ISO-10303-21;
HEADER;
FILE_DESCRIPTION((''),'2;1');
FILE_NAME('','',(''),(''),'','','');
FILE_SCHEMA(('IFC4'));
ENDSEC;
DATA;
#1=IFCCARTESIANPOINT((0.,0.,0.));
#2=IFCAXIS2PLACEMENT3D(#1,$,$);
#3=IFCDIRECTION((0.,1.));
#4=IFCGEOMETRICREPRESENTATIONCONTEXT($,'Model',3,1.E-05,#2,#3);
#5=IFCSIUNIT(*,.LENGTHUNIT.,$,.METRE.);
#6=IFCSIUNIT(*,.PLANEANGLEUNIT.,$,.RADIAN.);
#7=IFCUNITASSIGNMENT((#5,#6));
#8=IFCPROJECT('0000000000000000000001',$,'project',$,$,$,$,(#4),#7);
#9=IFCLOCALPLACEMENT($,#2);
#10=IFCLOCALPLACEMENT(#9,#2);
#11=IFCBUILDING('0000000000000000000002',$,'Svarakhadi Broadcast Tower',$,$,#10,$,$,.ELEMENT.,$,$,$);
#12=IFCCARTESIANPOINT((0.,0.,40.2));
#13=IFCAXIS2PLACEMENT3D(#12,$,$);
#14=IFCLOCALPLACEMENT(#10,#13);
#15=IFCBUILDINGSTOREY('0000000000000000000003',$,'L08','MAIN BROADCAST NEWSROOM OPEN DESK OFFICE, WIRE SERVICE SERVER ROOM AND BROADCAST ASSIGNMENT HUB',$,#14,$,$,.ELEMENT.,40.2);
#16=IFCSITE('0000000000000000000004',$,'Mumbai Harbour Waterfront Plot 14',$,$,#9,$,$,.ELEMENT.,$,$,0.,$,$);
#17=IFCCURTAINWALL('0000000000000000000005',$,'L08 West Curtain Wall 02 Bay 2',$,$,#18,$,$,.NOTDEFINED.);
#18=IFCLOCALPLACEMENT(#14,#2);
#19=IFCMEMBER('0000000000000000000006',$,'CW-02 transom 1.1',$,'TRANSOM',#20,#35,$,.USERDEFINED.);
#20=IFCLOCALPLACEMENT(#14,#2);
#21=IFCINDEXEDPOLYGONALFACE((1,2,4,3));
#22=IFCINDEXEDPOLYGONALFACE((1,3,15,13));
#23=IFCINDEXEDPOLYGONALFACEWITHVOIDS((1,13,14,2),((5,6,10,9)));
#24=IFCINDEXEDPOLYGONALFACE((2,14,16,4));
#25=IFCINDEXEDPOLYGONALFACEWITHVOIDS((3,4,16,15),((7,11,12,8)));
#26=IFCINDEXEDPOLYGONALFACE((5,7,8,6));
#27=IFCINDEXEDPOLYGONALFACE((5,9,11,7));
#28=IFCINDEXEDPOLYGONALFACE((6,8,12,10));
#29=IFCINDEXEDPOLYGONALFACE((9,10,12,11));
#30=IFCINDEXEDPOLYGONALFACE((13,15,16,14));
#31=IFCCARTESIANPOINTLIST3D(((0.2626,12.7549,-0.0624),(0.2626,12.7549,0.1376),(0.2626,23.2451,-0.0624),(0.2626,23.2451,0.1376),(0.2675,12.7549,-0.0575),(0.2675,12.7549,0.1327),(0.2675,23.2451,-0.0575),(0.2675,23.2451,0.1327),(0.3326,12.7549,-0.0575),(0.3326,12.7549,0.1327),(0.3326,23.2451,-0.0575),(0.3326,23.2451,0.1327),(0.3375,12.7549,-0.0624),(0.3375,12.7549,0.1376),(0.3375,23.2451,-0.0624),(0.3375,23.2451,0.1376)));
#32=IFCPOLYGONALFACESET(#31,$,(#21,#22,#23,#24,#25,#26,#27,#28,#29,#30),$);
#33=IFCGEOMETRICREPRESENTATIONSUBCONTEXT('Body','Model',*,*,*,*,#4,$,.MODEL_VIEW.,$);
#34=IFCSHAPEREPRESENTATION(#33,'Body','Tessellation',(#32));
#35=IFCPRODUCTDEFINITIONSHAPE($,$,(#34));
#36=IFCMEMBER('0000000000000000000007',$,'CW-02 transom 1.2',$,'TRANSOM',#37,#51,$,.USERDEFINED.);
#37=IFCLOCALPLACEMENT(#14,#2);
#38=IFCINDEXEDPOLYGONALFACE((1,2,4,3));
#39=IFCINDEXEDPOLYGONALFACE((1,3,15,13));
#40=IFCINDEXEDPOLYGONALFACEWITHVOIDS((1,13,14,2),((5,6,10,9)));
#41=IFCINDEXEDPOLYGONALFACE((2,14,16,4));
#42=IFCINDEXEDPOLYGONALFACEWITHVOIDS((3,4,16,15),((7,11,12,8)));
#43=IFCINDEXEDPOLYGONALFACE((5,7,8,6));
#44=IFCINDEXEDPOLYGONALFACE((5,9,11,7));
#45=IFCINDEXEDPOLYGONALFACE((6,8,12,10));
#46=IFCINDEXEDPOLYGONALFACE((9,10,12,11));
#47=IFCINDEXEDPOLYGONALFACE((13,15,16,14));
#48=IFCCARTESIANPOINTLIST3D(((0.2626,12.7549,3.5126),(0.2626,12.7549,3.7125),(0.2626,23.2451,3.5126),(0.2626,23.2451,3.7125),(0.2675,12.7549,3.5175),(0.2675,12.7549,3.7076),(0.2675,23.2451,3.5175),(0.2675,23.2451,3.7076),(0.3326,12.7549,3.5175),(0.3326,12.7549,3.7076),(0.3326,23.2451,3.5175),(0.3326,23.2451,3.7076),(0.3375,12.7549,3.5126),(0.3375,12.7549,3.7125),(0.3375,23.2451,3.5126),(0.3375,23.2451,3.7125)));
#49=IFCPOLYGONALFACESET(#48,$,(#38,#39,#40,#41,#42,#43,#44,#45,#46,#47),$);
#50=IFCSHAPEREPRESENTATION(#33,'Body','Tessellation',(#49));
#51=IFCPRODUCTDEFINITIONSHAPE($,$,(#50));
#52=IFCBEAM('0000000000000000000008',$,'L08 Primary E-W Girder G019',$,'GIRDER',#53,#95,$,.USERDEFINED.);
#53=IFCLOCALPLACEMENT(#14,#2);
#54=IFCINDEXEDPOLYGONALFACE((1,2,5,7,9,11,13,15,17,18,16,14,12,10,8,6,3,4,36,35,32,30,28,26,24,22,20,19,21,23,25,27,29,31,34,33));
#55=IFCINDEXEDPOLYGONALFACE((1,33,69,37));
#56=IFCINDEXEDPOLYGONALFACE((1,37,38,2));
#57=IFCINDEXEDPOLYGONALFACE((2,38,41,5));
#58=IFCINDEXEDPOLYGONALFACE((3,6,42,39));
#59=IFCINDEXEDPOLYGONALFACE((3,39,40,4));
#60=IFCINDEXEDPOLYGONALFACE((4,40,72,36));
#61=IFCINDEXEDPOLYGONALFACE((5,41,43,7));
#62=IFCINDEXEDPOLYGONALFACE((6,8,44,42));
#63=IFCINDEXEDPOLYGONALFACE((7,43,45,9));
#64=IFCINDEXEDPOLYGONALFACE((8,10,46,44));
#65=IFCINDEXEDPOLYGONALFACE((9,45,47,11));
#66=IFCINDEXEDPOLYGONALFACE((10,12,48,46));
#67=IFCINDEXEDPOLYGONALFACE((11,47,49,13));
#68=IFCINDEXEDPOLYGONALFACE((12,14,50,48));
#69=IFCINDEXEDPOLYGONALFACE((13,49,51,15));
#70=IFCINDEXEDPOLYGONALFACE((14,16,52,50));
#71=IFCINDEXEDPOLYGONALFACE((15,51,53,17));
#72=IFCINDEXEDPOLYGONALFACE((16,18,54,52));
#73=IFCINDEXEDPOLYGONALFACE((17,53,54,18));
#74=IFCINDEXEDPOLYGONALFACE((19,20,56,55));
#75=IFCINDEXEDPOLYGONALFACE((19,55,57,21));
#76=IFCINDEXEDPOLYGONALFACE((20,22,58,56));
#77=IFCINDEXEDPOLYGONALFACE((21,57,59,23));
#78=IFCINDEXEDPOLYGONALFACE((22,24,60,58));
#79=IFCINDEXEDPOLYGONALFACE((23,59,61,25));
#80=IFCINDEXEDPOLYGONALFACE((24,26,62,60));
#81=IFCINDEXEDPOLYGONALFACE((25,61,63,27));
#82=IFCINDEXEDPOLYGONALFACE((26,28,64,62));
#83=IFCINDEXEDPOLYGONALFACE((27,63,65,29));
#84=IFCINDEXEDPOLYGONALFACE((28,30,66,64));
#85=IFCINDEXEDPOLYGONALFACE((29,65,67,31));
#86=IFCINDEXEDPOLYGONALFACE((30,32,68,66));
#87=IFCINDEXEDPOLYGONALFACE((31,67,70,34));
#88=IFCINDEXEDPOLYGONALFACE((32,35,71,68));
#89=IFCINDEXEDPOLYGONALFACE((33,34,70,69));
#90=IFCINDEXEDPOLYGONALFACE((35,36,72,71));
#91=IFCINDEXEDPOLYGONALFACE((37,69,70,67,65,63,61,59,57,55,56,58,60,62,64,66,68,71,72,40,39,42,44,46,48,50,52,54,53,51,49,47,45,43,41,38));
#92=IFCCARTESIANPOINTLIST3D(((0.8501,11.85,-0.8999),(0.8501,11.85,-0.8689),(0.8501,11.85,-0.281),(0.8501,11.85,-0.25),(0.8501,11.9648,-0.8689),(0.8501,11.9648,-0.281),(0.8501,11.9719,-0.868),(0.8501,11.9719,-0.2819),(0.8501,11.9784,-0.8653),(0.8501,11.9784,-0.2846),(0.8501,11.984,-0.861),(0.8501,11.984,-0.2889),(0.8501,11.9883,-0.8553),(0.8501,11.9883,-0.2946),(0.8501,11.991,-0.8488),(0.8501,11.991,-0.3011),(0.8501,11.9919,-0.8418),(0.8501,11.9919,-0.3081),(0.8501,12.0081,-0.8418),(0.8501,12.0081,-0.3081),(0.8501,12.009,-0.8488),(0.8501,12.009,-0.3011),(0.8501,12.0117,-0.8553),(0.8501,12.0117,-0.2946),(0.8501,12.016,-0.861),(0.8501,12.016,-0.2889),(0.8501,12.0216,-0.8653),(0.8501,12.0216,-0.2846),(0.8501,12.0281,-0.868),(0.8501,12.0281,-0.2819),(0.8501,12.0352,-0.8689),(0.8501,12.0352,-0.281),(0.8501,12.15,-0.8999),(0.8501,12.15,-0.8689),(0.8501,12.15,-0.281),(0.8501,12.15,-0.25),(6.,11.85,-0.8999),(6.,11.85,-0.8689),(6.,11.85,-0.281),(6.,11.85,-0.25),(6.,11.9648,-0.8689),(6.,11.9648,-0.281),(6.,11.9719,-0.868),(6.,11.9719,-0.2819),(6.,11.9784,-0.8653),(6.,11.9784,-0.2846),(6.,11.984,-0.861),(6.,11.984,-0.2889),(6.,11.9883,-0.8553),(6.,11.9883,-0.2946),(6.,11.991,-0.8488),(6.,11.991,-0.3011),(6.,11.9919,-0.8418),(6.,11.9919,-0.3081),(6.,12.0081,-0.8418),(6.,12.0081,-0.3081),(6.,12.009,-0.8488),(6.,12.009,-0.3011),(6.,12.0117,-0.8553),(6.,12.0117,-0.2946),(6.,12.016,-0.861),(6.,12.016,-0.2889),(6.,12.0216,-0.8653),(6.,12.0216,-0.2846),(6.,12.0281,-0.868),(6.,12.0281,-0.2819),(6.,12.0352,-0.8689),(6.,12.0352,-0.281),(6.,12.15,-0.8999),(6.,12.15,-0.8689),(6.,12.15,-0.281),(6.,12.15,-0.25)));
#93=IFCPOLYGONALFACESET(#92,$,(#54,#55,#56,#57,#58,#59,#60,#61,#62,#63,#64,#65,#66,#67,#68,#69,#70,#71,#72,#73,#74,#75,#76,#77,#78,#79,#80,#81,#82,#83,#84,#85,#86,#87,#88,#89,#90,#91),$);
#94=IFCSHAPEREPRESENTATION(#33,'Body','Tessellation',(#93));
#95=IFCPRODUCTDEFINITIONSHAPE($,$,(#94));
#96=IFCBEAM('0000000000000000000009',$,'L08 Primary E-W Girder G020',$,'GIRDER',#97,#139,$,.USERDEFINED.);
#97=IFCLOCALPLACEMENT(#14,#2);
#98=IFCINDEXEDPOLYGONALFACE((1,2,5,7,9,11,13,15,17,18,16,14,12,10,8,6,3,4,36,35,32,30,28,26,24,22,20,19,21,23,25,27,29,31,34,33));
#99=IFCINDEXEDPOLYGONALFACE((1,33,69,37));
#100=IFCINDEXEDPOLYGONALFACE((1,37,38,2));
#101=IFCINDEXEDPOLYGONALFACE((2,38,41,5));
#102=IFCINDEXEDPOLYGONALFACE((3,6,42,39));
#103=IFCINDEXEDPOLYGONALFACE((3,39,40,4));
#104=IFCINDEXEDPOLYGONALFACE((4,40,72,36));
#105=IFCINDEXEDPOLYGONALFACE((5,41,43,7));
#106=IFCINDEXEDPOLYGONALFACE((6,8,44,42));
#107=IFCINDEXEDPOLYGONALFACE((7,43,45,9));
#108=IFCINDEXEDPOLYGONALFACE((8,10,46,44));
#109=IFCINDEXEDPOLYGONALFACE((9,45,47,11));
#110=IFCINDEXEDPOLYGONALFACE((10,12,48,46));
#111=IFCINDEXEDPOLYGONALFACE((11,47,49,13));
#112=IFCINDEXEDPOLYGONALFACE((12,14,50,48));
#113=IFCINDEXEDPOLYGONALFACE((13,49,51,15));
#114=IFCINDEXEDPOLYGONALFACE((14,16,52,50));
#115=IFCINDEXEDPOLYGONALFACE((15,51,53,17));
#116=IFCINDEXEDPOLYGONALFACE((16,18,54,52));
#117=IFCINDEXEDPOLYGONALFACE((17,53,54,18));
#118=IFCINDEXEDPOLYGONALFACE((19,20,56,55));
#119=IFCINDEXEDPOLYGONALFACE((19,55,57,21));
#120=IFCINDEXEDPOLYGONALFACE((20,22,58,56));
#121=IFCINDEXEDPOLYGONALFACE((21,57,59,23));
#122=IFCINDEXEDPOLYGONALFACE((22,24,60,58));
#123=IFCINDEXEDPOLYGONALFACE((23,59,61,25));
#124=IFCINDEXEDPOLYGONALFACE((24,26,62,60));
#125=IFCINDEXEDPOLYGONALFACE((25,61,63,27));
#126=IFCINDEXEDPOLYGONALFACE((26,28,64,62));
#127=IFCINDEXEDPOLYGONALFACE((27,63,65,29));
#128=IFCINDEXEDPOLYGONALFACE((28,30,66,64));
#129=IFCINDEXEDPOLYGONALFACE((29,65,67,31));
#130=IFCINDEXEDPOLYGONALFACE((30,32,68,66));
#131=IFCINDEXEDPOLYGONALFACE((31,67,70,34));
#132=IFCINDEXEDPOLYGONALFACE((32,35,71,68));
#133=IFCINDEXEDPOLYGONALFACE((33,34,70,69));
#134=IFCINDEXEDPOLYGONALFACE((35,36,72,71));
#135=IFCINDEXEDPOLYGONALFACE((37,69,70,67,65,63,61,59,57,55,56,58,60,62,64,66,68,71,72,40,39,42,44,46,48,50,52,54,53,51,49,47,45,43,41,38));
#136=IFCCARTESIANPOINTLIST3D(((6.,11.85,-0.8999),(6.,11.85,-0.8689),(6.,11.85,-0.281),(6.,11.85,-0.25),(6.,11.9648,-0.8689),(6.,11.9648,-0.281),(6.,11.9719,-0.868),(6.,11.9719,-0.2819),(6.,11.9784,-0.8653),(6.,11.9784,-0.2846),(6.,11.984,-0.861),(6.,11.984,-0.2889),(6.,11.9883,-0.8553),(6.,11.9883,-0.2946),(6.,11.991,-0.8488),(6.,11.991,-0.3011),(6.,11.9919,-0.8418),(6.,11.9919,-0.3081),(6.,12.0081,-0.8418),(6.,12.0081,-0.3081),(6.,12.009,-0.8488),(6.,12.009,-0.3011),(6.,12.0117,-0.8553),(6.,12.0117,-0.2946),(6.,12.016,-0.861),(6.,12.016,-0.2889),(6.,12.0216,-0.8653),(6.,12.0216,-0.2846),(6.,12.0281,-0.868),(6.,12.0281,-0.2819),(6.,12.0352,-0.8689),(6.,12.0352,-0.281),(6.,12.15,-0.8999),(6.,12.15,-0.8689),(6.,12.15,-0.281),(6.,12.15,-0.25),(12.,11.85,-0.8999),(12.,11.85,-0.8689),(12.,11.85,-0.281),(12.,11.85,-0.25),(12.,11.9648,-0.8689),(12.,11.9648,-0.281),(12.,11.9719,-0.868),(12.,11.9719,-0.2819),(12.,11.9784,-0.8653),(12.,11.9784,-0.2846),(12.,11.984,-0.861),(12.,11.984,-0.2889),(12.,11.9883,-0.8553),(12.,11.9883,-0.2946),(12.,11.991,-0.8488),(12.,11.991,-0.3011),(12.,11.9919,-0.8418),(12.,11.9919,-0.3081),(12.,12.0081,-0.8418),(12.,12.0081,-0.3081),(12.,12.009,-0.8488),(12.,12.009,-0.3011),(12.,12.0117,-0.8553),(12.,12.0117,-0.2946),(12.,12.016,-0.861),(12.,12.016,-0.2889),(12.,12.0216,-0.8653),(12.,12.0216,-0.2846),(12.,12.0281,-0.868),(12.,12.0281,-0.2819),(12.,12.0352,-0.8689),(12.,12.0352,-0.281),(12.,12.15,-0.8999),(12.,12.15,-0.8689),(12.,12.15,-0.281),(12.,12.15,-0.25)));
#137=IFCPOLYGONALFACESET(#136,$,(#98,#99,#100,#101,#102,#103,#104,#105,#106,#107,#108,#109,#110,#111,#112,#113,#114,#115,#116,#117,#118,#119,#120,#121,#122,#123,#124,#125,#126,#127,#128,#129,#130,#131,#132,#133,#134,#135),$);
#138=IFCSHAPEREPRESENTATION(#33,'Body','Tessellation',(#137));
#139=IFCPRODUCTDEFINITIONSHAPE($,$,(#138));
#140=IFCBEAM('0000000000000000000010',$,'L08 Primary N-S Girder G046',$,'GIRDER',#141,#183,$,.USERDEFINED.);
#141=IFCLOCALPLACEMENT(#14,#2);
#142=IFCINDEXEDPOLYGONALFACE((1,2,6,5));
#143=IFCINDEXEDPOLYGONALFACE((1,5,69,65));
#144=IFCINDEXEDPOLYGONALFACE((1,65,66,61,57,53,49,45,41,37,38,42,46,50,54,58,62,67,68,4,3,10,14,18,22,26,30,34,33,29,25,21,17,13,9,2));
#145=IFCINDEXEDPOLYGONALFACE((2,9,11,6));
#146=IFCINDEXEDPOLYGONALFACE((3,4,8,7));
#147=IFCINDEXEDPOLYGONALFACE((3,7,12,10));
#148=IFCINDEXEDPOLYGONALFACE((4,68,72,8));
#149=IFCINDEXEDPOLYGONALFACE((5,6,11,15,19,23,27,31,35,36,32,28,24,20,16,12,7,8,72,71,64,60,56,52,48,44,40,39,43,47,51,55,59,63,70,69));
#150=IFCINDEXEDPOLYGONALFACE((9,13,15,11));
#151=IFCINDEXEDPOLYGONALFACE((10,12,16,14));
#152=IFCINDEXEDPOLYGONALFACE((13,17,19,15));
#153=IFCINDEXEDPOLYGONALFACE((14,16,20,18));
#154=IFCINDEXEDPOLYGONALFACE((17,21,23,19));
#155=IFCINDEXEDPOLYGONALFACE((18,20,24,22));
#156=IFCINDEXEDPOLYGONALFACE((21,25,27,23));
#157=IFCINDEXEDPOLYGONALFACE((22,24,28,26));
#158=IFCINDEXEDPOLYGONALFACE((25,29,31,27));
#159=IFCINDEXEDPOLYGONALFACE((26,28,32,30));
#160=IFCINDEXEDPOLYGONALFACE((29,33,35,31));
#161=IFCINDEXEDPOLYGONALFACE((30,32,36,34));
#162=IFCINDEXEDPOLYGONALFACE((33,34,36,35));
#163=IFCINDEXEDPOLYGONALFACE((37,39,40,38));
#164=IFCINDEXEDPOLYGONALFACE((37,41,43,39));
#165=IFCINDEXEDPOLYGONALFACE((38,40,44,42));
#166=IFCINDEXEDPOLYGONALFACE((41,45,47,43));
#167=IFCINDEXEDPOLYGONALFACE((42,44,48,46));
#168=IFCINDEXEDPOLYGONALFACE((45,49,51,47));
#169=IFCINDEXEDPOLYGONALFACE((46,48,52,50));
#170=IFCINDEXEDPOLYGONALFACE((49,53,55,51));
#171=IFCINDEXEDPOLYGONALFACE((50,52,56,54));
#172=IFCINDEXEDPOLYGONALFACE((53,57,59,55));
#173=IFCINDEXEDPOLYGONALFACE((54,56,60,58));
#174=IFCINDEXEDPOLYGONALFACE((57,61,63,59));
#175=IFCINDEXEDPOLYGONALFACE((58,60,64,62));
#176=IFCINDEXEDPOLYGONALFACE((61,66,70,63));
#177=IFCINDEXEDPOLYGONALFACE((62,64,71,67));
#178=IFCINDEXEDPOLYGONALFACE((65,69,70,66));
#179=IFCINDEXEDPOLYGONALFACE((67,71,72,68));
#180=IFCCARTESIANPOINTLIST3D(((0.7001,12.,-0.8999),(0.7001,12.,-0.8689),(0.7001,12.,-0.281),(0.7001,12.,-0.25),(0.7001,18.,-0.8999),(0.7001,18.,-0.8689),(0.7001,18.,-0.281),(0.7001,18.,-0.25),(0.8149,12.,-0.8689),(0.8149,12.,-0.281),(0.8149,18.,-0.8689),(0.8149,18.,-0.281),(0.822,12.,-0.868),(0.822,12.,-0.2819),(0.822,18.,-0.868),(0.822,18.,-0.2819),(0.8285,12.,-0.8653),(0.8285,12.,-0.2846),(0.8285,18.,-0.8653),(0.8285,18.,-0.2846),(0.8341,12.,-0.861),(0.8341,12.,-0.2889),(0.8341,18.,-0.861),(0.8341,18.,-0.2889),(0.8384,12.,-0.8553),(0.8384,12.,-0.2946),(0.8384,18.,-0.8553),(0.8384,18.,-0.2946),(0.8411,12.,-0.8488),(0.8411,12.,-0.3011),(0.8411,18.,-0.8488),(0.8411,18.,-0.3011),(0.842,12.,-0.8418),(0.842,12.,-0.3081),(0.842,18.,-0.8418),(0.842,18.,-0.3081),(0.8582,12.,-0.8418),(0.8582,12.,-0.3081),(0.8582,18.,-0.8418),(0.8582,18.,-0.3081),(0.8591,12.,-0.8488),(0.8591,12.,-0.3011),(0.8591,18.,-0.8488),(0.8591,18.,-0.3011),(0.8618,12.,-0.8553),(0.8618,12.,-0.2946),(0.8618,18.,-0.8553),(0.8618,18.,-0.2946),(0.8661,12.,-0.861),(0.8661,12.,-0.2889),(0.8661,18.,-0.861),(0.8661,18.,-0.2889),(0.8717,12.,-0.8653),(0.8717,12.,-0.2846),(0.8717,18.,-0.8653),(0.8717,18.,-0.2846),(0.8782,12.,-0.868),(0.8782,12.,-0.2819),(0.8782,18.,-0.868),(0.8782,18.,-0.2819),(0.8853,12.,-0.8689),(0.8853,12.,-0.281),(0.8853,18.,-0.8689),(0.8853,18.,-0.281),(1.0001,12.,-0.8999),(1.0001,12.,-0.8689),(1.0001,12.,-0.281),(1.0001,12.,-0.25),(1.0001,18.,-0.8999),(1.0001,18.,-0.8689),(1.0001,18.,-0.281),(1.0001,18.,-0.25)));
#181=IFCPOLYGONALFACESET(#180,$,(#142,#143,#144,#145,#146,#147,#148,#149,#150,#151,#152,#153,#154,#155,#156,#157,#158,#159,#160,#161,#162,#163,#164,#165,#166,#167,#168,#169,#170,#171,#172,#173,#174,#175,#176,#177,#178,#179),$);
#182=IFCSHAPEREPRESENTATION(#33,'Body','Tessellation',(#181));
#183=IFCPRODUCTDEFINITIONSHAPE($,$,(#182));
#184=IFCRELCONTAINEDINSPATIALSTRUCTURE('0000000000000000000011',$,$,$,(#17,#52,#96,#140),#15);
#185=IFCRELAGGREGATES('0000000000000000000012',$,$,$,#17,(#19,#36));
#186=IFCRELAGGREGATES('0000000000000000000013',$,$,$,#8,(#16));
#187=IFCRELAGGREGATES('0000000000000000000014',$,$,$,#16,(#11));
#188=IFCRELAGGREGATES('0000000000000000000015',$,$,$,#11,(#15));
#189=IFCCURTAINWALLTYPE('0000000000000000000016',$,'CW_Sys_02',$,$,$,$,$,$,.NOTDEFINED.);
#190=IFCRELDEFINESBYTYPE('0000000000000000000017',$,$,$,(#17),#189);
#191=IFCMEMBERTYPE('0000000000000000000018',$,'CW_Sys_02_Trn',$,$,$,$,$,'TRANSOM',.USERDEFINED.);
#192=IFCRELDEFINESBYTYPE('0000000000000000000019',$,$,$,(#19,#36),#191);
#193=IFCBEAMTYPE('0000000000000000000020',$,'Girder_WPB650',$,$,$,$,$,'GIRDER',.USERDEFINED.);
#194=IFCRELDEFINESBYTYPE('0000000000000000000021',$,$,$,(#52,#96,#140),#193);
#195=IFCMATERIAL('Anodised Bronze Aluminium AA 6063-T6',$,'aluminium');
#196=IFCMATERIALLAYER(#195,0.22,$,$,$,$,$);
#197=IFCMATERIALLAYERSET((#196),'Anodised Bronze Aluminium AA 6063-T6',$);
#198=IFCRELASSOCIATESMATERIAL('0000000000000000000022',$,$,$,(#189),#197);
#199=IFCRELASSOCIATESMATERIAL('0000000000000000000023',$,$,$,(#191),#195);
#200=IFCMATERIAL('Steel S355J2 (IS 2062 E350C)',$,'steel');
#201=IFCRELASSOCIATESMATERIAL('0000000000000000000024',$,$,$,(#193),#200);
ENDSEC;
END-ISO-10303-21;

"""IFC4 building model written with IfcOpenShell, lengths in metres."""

from ifc_helpers import new_model, si_unit, direction, frame, origin, origin_2d, place, context, subcontext, project, spatial, hollow_rectangle, i_section, extrude, material, layer, layer_set, material_profile, profile_set, type_object, element, aggregate, save


model = new_model("IFC4")

# Units and contexts
model_context = context("Model", 3, precision=1e-05, world=origin(), true_north=direction((0.0, 1.0)))
body_context = subcontext(model_context, "Body", "Model", "MODEL_VIEW")
ifc_project = project(units=[si_unit("LENGTHUNIT", "METRE"), si_unit("PLANEANGLEUNIT", "RADIAN")], contexts=[model_context])

# Site, building, storey
site_placement = place(None, origin())
site = spatial("IfcSite", under=ifc_project, at=site_placement, Name="Mumbai Harbour Waterfront Plot 14", CompositionType="ELEMENT", RefElevation=0.0)
building_placement = place(site_placement, origin())
building = spatial("IfcBuilding", under=site, at=building_placement, Name="Svarakhadi Broadcast Tower", CompositionType="ELEMENT")
storey_placement = place(building_placement, frame((0.0, 0.0, 40.2)))
storey = spatial("IfcBuildingStorey", under=building, at=storey_placement, Name="L08", Description="MAIN BROADCAST NEWSROOM OPEN DESK OFFICE, WIRE SERVICE SERVER ROOM AND BROADCAST ASSIGNMENT HUB", CompositionType="ELEMENT", Elevation=40.2)

# Shared definitions
ifc_material_1 = material(Name="Steel S355J2 (IS 2062 E350C)", Category="steel")

# Shared definitions
ifc_material_2 = material(Name="Anodised Bronze Aluminium AA 6063-T6", Category="aluminium")
ifc_layer_1 = layer(ifc_material_2, 0.22)
ifc_layer_set_1 = layer_set([ifc_layer_1], Name="Anodised Bronze Aluminium AA 6063-T6")
curtain_wall_type = type_object("IfcCurtainWallType", Name="CW_Sys_02", PredefinedType="NOTDEFINED", material=ifc_layer_set_1)

# Curtain wall, members
curtain_wall_1_placement = place(storey_placement, origin())
curtain_wall_1 = element("IfcCurtainWall", 1, at=curtain_wall_1_placement, inside=storey, type_object=curtain_wall_type, Name="L08 West Curtain Wall 02 Bay 2", PredefinedType="NOTDEFINED")
ifc_material_profile_1 = material_profile(ifc_material_2, hollow_rectangle(XDim=0.075, YDim=0.2, WallThickness=0.0049, at=origin_2d()), Name="ALU TRANSOM 200x75x5")
ifc_profile_set_1 = profile_set([ifc_material_profile_1], Name="Anodised Bronze Aluminium AA 6063-T6")
member_type_1 = type_object("IfcMemberType", Name="CW_Sys_02_Trn", ElementType="TRANSOM", PredefinedType="USERDEFINED", material=ifc_profile_set_1)
member_1_placement = place(storey_placement, frame((0.3, 12.7549, 0.0376), z_axis=(0.0, 1.0, 0.0), x_axis=(-1.0, 0.0, 0.0)))
member_1 = element("IfcMember", 2, at=member_1_placement, type_object=member_type_1, Name="CW-02 transom 1.1", ObjectType="TRANSOM", PredefinedType="USERDEFINED", context=body_context, shape_type="SweptSolid", body=[
    extrude(hollow_rectangle(XDim=0.075, YDim=0.2, WallThickness=0.0049, at=origin_2d()), origin(), (0.0, 0.0, 1.0), 10.4902),
])
member_2_placement = place(storey_placement, frame((0.3, 12.7549, 3.6125), z_axis=(0.0, 1.0, 0.0), x_axis=(-1.0, 0.0, 0.0)))
member_2 = element("IfcMember", 3, at=member_2_placement, type_object=member_type_1, Name="CW-02 transom 1.2", ObjectType="TRANSOM", PredefinedType="USERDEFINED", context=body_context, shape_type="SweptSolid", body=[
    extrude(hollow_rectangle(XDim=0.075, YDim=0.2, WallThickness=0.0049, at=origin_2d()), origin(), (0.0, 0.0, 1.0), 10.4902),
])
aggregate(curtain_wall_1, [member_1, member_2])

# Beams
ifc_material_profile_2 = material_profile(ifc_material_1, i_section(OverallWidth=0.3, OverallDepth=0.6499, WebThickness=0.0161, FlangeThickness=0.031, FilletRadius=0.0271, at=origin_2d()), Name="WPB 650x300x225")
ifc_profile_set_2 = profile_set([ifc_material_profile_2], Name="Steel S355J2 (IS 2062 E350C)")
beam_type_1 = type_object("IfcBeamType", Name="Girder_WPB650", ElementType="GIRDER", PredefinedType="USERDEFINED", material=ifc_profile_set_2)
beam_placement = place(storey_placement, frame((0.8501, 12.0, -0.575), z_axis=(1.0, 0.0, 0.0), x_axis=(0.0, 1.0, 0.0)))
element("IfcBeam", 4, at=beam_placement, inside=storey, type_object=beam_type_1, Name="L08 Primary E-W Girder G019", ObjectType="GIRDER", PredefinedType="USERDEFINED", context=body_context, shape_type="SweptSolid", body=[
    extrude(i_section(OverallWidth=0.3, OverallDepth=0.6499, WebThickness=0.0161, FlangeThickness=0.031, FilletRadius=0.0271, at=origin_2d()), origin(), (0.0, 0.0, 1.0), 5.1499),
])
for number, where, z_axis, x_axis, name in (
    (5, (6.0, 12.0, -0.575), (1.0, 0.0, 0.0), (0.0, 1.0, 0.0), "L08 Primary E-W Girder G020"),
    (6, (0.8501, 12.0, -0.575), (0.0, 1.0, 0.0), (-1.0, 0.0, 0.0), "L08 Primary N-S Girder G046"),
):
    element("IfcBeam", number, at=place(storey_placement, frame(where, z_axis=z_axis, x_axis=x_axis)), inside=storey, type_object=beam_type_1, Name=name, ObjectType="GIRDER", PredefinedType="USERDEFINED", context=body_context, shape_type="SweptSolid", body=[
        extrude(i_section(OverallWidth=0.3, OverallDepth=0.6499, WebThickness=0.0161, FlangeThickness=0.031, FilletRadius=0.0271, at=origin_2d()), origin(), (0.0, 0.0, 1.0), 6.0),
    ])

save(model, "model.ifc")
